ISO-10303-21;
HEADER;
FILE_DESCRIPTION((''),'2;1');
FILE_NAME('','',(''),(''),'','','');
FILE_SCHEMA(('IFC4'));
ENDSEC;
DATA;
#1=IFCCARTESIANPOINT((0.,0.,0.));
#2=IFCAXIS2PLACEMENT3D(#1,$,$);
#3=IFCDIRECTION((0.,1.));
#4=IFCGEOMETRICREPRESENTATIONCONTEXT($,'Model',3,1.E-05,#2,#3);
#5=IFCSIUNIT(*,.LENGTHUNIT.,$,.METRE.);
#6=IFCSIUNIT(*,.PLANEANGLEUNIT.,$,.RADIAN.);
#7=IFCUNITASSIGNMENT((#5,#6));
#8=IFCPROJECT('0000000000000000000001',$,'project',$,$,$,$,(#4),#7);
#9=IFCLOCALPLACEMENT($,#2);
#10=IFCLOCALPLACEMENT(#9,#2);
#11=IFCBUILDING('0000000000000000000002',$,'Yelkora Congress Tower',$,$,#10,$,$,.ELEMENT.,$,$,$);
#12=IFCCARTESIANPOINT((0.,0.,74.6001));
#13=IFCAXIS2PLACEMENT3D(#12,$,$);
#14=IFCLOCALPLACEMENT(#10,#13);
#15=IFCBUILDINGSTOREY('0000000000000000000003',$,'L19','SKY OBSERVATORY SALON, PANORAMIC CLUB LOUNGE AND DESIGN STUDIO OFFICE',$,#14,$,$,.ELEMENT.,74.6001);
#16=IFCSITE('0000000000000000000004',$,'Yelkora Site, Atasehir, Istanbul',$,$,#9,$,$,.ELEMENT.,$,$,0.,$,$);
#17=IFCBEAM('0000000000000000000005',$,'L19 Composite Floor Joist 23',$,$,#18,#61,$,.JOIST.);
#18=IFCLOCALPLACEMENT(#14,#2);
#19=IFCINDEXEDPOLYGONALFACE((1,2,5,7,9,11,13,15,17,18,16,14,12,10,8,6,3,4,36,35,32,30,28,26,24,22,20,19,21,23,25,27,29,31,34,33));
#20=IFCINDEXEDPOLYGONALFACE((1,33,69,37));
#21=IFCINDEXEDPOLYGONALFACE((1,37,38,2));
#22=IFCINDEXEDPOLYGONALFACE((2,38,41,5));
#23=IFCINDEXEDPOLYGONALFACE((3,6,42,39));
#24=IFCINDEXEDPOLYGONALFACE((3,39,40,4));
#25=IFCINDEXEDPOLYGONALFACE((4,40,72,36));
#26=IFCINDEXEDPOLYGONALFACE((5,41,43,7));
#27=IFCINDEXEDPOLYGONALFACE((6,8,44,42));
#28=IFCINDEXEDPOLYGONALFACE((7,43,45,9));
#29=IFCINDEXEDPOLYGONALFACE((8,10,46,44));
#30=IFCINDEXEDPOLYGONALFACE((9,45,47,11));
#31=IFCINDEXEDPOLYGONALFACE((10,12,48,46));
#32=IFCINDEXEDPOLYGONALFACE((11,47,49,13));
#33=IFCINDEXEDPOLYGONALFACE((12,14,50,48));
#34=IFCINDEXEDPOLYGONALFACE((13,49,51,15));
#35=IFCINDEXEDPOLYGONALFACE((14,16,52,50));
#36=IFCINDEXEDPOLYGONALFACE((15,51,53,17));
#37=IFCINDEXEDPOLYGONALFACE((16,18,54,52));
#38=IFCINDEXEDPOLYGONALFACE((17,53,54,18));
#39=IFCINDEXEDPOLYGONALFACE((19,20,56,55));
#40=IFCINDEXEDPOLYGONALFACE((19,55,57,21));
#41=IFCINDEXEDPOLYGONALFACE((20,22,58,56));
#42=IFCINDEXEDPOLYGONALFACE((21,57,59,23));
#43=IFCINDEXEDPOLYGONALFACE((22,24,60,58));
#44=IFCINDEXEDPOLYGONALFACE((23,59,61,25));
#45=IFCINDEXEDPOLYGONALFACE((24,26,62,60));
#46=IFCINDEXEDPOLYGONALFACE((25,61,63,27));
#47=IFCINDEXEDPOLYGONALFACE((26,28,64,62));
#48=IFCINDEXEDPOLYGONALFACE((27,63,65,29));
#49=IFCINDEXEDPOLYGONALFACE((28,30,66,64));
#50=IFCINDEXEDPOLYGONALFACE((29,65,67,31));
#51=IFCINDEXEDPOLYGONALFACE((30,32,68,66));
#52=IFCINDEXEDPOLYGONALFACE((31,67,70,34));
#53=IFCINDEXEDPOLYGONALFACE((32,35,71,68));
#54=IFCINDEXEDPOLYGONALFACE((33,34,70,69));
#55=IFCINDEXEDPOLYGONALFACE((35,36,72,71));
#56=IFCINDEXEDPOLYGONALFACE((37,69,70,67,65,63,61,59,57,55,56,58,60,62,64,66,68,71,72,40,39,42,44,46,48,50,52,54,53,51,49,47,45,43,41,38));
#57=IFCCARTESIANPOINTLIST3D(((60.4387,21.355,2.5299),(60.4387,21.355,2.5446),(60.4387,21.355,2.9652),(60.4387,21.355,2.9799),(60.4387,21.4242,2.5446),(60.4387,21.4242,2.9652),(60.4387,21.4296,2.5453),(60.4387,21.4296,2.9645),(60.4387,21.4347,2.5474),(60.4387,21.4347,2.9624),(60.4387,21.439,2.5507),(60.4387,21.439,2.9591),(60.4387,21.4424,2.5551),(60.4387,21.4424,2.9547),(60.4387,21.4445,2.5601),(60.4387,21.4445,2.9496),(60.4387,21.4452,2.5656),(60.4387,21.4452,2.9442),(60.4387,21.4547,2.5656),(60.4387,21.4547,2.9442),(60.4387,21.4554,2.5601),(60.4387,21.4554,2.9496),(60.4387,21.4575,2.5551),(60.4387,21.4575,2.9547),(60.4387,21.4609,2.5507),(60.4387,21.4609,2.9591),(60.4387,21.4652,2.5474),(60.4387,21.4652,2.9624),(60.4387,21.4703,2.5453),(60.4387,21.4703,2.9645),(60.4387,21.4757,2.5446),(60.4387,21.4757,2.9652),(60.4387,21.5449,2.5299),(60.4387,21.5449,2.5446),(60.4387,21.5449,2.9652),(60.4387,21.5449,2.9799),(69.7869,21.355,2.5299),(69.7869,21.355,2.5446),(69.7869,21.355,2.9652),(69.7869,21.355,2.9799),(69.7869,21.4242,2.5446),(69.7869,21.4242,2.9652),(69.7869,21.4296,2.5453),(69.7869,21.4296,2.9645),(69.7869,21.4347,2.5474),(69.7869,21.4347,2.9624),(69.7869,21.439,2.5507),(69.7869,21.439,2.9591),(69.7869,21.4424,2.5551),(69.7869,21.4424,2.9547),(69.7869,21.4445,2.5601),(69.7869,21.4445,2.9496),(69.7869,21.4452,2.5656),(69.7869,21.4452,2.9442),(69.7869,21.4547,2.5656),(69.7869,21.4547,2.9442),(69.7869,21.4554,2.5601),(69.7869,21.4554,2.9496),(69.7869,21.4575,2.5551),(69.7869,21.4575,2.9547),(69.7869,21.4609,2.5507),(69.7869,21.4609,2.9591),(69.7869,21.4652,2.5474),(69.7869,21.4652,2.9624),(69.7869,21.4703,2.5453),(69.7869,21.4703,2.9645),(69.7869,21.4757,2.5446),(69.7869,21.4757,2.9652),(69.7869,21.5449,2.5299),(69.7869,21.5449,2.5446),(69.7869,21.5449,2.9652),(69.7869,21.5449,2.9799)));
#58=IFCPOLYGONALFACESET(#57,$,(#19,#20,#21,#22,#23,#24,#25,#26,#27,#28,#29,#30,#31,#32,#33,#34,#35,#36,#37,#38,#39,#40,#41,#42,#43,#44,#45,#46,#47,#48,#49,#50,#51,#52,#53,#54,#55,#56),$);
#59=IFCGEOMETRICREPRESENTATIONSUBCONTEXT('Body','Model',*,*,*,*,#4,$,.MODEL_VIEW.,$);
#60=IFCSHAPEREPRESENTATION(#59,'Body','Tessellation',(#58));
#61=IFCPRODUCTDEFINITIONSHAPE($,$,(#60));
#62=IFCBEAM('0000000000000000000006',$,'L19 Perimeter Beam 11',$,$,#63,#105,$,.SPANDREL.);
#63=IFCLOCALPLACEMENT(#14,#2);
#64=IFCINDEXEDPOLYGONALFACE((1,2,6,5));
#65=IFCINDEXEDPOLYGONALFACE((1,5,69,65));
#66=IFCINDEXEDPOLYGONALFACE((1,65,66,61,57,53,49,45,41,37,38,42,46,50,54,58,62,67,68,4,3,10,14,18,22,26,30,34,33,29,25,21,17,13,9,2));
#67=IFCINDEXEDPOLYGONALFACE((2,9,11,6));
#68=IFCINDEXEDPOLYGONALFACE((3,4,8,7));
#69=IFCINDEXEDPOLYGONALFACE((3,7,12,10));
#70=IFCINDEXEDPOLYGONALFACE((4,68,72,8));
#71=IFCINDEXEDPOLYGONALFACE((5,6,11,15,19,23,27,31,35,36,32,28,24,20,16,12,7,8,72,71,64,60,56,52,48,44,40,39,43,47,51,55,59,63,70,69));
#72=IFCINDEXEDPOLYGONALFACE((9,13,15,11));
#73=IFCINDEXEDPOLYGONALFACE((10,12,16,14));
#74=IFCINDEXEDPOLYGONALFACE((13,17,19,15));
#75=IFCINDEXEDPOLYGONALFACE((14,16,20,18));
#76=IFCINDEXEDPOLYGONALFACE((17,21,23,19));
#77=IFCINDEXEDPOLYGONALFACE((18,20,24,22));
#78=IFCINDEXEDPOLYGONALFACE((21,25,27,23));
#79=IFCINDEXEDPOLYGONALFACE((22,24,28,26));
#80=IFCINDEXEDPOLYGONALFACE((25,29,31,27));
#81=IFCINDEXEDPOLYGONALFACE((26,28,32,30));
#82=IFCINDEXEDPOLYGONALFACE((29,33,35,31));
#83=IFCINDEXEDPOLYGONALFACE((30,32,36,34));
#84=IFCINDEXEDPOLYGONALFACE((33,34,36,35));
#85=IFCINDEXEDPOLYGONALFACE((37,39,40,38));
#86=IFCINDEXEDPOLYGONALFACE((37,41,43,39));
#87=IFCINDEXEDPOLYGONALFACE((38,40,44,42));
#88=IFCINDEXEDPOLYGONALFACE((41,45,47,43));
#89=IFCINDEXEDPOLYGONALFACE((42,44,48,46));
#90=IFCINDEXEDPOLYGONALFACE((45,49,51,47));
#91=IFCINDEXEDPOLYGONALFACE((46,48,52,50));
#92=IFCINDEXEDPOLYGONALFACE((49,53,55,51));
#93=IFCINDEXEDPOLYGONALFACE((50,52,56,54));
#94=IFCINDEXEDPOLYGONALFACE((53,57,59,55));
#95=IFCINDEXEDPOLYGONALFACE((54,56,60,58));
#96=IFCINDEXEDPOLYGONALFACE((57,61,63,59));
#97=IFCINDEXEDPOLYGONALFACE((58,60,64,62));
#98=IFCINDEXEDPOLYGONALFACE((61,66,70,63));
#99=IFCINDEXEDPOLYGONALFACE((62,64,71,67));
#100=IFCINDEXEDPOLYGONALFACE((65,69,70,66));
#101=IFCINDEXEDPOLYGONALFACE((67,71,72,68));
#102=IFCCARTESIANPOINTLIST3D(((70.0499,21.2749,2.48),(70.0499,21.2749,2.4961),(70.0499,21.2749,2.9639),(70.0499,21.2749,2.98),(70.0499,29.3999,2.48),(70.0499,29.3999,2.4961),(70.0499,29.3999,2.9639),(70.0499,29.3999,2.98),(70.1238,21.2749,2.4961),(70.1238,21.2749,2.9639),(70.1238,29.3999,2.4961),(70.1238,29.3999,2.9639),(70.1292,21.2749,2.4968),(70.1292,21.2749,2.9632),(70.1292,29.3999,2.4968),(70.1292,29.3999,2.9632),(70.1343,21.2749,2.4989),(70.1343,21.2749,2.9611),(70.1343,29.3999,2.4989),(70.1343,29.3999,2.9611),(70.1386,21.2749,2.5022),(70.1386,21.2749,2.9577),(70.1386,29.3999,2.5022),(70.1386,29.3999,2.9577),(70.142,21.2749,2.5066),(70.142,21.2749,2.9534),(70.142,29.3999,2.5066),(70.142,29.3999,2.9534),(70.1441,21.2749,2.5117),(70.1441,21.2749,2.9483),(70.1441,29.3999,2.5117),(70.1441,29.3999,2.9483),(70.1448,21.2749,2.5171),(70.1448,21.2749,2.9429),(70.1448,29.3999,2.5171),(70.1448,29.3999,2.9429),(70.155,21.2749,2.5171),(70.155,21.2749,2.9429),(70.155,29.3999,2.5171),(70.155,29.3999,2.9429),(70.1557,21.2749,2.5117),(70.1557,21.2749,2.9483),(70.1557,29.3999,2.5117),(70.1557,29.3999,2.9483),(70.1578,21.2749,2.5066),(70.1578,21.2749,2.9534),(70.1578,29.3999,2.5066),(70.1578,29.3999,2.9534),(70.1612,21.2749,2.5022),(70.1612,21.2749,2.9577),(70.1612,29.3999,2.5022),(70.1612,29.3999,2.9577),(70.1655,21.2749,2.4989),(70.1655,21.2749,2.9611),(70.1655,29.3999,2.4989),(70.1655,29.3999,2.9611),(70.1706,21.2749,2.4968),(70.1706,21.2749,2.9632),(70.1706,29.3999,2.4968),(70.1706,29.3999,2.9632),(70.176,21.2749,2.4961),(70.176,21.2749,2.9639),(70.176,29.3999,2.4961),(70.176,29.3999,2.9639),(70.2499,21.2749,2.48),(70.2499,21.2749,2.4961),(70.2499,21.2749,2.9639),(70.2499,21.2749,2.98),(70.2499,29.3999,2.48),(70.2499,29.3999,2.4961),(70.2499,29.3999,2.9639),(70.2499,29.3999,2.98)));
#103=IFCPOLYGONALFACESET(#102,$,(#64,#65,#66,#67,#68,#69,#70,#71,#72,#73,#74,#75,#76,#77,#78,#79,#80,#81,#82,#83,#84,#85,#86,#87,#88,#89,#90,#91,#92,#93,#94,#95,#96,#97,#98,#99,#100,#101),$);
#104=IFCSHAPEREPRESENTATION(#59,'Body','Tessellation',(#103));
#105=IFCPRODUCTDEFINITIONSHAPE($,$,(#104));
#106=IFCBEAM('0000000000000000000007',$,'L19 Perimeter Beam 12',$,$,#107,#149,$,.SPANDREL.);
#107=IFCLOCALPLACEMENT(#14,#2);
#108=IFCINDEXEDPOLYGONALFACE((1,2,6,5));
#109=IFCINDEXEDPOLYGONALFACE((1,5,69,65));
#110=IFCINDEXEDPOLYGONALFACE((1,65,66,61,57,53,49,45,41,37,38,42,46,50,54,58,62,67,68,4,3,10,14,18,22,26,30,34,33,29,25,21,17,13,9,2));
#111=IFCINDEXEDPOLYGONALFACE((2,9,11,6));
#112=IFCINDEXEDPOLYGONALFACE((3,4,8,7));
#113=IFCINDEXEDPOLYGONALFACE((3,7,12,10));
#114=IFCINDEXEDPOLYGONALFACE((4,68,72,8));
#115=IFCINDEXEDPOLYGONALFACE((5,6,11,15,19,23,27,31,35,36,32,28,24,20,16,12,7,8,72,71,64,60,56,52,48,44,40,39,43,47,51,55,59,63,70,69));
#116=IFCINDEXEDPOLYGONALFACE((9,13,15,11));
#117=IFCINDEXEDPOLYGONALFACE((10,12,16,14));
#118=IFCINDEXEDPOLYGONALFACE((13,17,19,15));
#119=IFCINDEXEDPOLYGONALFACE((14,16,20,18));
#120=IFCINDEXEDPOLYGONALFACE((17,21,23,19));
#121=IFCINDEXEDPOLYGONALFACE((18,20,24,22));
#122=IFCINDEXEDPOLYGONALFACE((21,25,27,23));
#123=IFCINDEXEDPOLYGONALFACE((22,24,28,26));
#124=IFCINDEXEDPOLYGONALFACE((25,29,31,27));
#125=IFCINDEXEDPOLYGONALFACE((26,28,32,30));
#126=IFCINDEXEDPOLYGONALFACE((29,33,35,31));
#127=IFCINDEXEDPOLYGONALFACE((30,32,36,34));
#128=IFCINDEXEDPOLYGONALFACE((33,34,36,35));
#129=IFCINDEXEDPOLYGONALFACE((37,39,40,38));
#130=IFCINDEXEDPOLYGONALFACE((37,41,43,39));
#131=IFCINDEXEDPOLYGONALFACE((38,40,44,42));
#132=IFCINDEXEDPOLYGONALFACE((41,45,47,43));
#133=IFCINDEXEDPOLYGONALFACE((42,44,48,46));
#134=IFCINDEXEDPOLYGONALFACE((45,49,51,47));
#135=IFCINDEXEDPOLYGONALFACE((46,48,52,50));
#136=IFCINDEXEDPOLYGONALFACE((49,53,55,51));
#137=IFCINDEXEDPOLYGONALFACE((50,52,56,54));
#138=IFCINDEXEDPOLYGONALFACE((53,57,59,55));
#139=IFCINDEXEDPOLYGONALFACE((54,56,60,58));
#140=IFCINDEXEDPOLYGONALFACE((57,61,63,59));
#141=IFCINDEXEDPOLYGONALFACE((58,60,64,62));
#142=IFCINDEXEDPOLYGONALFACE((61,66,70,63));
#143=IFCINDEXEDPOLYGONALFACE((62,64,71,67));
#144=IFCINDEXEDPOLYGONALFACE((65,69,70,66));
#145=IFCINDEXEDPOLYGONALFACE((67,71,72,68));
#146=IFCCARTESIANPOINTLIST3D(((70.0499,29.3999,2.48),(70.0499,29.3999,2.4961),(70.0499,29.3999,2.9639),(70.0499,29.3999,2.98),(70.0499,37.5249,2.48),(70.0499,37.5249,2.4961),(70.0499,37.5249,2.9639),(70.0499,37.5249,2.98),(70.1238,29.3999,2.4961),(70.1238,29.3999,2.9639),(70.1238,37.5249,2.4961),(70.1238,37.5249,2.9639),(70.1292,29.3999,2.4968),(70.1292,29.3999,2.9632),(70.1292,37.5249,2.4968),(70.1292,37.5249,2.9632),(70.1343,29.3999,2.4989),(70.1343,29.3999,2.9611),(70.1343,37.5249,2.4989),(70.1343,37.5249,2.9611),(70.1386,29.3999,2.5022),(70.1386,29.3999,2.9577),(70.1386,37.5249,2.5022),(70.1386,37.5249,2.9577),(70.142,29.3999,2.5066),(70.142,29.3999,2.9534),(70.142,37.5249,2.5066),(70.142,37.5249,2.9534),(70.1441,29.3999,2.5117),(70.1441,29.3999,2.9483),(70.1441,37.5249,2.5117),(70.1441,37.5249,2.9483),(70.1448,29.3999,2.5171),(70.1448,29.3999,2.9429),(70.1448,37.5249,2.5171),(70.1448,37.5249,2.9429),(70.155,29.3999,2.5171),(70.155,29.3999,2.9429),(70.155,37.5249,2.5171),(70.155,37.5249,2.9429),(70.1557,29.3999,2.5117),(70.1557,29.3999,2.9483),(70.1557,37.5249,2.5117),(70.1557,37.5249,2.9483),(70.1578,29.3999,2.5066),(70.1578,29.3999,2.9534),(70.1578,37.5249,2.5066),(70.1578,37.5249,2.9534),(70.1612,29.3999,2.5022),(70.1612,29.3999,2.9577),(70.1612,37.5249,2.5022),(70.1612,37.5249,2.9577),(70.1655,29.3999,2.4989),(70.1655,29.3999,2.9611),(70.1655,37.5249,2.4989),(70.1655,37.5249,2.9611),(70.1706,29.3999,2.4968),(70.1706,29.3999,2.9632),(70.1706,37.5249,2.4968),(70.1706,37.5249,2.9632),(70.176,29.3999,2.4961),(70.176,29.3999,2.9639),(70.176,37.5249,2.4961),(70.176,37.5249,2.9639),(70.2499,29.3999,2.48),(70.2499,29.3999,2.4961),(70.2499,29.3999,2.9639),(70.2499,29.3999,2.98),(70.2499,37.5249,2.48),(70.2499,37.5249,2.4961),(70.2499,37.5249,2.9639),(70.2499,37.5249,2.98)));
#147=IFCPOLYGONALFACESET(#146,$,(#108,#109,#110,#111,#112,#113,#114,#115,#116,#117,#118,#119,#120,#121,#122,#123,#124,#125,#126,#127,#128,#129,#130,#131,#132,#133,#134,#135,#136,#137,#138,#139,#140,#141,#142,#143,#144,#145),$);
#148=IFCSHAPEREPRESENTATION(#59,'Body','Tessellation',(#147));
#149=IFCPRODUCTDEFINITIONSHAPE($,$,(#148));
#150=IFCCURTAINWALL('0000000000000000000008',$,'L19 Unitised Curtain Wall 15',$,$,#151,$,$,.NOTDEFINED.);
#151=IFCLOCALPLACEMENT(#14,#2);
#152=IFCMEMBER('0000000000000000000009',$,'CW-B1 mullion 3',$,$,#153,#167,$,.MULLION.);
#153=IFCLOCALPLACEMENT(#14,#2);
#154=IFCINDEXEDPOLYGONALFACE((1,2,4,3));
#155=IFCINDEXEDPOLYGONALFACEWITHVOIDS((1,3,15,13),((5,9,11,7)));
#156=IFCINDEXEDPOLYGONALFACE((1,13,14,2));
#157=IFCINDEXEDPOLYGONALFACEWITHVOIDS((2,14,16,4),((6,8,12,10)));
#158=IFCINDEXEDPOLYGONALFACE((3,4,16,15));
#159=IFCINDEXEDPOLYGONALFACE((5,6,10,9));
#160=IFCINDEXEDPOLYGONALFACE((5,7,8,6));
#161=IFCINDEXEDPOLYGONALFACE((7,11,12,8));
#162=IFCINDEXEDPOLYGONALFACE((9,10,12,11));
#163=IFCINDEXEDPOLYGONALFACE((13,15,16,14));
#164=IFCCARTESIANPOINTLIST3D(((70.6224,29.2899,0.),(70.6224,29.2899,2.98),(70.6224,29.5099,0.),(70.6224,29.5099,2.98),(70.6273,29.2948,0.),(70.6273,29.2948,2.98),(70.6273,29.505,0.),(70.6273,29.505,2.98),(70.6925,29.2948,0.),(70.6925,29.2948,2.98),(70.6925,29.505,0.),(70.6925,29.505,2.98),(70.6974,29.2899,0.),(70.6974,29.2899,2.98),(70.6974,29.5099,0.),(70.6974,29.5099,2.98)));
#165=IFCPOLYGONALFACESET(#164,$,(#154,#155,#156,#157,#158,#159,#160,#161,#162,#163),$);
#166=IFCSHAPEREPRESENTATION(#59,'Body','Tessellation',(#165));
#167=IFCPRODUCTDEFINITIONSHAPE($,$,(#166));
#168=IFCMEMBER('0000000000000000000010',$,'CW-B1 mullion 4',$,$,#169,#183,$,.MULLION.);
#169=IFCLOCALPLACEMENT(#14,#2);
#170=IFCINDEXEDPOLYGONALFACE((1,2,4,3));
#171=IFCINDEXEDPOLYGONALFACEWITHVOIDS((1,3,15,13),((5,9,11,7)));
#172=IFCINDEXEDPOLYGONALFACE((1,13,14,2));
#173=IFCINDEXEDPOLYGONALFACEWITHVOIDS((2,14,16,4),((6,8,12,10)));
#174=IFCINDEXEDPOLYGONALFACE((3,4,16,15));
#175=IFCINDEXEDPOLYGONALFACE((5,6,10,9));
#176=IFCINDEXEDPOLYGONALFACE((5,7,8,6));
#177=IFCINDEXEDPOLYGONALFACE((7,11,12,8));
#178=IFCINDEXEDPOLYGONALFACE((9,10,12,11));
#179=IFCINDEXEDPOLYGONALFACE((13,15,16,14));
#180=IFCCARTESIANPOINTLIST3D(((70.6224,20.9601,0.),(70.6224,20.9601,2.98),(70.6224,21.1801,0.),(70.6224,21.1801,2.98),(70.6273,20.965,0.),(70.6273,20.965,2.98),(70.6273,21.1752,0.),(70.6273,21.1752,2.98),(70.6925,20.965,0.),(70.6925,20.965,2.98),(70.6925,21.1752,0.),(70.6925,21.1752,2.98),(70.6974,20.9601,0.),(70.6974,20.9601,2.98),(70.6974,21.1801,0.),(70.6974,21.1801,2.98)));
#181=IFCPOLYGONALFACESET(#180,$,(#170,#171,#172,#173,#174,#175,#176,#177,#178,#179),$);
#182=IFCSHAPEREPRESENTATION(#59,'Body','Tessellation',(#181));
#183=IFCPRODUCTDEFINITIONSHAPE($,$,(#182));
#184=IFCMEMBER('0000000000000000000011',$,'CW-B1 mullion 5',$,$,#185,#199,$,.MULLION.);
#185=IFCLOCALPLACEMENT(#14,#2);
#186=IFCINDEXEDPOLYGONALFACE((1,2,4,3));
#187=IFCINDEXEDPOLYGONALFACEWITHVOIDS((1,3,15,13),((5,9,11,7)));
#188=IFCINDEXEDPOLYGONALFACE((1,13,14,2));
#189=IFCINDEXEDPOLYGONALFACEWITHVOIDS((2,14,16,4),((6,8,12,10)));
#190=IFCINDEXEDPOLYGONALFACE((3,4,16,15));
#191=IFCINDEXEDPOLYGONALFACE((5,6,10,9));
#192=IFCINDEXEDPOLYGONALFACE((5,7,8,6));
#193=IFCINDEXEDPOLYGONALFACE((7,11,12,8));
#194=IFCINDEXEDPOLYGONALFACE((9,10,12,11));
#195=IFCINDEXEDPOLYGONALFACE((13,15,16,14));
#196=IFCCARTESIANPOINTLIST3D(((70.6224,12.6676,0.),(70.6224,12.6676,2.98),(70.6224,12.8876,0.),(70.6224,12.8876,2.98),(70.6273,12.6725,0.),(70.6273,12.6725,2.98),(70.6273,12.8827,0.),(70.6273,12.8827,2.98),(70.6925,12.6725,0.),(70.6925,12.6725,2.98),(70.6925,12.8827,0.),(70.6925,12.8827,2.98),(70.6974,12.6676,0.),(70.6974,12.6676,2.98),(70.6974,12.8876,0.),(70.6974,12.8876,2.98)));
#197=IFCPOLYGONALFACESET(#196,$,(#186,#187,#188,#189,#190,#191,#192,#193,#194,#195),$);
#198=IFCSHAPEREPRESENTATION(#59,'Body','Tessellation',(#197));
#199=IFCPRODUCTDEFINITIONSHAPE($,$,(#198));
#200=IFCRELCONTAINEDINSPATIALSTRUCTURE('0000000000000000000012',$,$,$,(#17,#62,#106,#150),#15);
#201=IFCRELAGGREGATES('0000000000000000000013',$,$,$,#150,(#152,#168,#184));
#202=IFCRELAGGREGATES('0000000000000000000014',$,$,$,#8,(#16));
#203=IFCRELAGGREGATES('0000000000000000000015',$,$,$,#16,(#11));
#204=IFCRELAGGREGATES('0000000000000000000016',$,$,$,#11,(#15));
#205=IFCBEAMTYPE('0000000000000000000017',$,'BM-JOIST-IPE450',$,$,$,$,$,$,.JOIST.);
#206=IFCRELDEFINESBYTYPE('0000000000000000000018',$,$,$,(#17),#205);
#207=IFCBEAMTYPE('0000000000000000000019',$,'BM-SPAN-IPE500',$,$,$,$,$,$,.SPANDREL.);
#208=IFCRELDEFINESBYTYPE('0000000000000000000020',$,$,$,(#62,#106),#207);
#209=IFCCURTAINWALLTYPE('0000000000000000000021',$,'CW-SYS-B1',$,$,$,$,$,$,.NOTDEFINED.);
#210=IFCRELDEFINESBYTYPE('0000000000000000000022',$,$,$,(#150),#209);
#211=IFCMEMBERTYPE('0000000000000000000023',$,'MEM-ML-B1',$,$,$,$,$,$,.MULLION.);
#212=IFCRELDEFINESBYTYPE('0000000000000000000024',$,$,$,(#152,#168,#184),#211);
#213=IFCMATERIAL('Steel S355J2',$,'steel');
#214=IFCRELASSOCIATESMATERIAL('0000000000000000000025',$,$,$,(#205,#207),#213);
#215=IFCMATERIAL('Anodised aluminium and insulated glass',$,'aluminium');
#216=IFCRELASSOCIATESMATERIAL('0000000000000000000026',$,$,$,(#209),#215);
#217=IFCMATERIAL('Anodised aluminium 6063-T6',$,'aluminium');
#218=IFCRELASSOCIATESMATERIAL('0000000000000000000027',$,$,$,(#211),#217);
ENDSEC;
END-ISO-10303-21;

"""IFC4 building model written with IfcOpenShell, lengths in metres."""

from ifc_helpers import new_model, si_unit, direction, frame, origin, origin_2d, place, context, subcontext, project, spatial, hollow_rectangle, i_section, extrude, material, material_profile, profile_set, type_object, element, aggregate, save


model = new_model("IFC4")

# Units and contexts
model_context = context("Model", 3, precision=1e-05, world=origin(), true_north=direction((0.0, 1.0)))
body_context = subcontext(model_context, "Body", "Model", "MODEL_VIEW")
ifc_project = project(units=[si_unit("LENGTHUNIT", "METRE"), si_unit("PLANEANGLEUNIT", "RADIAN")], contexts=[model_context])

# Site, building, storey
site_placement = place(None, origin())
site = spatial("IfcSite", under=ifc_project, at=site_placement, Name="Yelkora Site, Atasehir, Istanbul", CompositionType="ELEMENT", RefElevation=0.0)
building_placement = place(site_placement, origin())
building = spatial("IfcBuilding", under=site, at=building_placement, Name="Yelkora Congress Tower", CompositionType="ELEMENT")
storey_placement = place(building_placement, frame((0.0, 0.0, 74.6001)))
storey = spatial("IfcBuildingStorey", under=building, at=storey_placement, Name="L19", Description="SKY OBSERVATORY SALON, PANORAMIC CLUB LOUNGE AND DESIGN STUDIO OFFICE", CompositionType="ELEMENT", Elevation=74.6001)

# Beams
ifc_material_1 = material(Name="Steel S355J2", Category="steel")
ifc_material_profile_1 = material_profile(ifc_material_1, i_section(OverallWidth=0.1899, OverallDepth=0.45, WebThickness=0.0095, FlangeThickness=0.0146, FilletRadius=0.021, at=origin_2d()), Name="IPE 450")
ifc_profile_set_1 = profile_set([ifc_material_profile_1], Name="Steel S355J2")
beam_type_1 = type_object("IfcBeamType", Name="BM-JOIST-IPE450", PredefinedType="JOIST", material=ifc_profile_set_1)
beam_1_placement = place(storey_placement, frame((60.4387, 21.45, 2.7549), z_axis=(1.0, 0.0, 0.0), x_axis=(0.0, 1.0, 0.0)))
element("IfcBeam", 1, at=beam_1_placement, inside=storey, type_object=beam_type_1, Name="L19 Composite Floor Joist 23", PredefinedType="JOIST", context=body_context, shape_type="SweptSolid", body=[
    extrude(i_section(OverallWidth=0.1899, OverallDepth=0.45, WebThickness=0.0095, FlangeThickness=0.0146, FilletRadius=0.021, at=origin_2d()), origin(), (0.0, 0.0, 1.0), 9.3481),
])
ifc_material_profile_2 = material_profile(ifc_material_1, i_section(OverallWidth=0.2, OverallDepth=0.5, WebThickness=0.0103, FlangeThickness=0.0161, FilletRadius=0.021, at=origin_2d()), Name="IPE 500")
ifc_profile_set_2 = profile_set([ifc_material_profile_2], Name="Steel S355J2")
beam_type_2 = type_object("IfcBeamType", Name="BM-SPAN-IPE500", PredefinedType="SPANDREL", material=ifc_profile_set_2)
for number, where, z_axis, x_axis, name in (
    (2, (70.1499, 21.2749, 2.73), (0.0, 1.0, 0.0), (-1.0, 0.0, 0.0), "L19 Perimeter Beam 11"),
    (3, (70.1499, 29.3999, 2.73), (0.0, 1.0, 0.0), (-1.0, 0.0, 0.0), "L19 Perimeter Beam 12"),
):
    element("IfcBeam", number, at=place(storey_placement, frame(where, z_axis=z_axis, x_axis=x_axis)), inside=storey, type_object=beam_type_2, Name=name, PredefinedType="SPANDREL", context=body_context, shape_type="SweptSolid", body=[
        extrude(i_section(OverallWidth=0.2, OverallDepth=0.5, WebThickness=0.0103, FlangeThickness=0.0161, FilletRadius=0.021, at=origin_2d()), origin(), (0.0, 0.0, 1.0), 8.125),
    ])

# Curtain wall, members
ifc_material_2 = material(Name="Anodised aluminium and insulated glass", Category="aluminium")
curtain_wall_type = type_object("IfcCurtainWallType", Name="CW-SYS-B1", PredefinedType="NOTDEFINED", material=ifc_material_2)
curtain_wall_placement = place(storey_placement, origin())
curtain_wall = element("IfcCurtainWall", 4, at=curtain_wall_placement, inside=storey, type_object=curtain_wall_type, Name="L19 Unitised Curtain Wall 15", PredefinedType="NOTDEFINED")
ifc_material_3 = material(Name="Anodised aluminium 6063-T6", Category="aluminium")
ifc_material_profile_3 = material_profile(ifc_material_3, hollow_rectangle(XDim=0.075, YDim=0.22, WallThickness=0.0049, at=origin_2d()), Name="ALU 75x220x5")
ifc_profile_set_3 = profile_set([ifc_material_profile_3], Name="Anodised aluminium 6063-T6")
member_type_1 = type_object("IfcMemberType", Name="MEM-ML-B1", PredefinedType="MULLION", material=ifc_profile_set_3)
member_1_placement = place(storey_placement, frame((70.6599, 29.3999, 0.0), z_axis=(0.0, 0.0, 1.0), x_axis=(1.0, 0.0, 0.0)))
member_1 = element("IfcMember", 5, at=member_1_placement, type_object=member_type_1, Name="CW-B1 mullion 3", PredefinedType="MULLION", context=body_context, shape_type="SweptSolid", body=[
    extrude(hollow_rectangle(XDim=0.075, YDim=0.22, WallThickness=0.0049, at=origin_2d()), origin(), (0.0, 0.0, 1.0), 2.98),
])
member_2_placement = place(storey_placement, frame((70.6599, 21.0701, 0.0), z_axis=(0.0, 0.0, 1.0), x_axis=(1.0, 0.0, 0.0)))
member_2 = element("IfcMember", 6, at=member_2_placement, type_object=member_type_1, Name="CW-B1 mullion 4", PredefinedType="MULLION", context=body_context, shape_type="SweptSolid", body=[
    extrude(hollow_rectangle(XDim=0.075, YDim=0.22, WallThickness=0.0049, at=origin_2d()), origin(), (0.0, 0.0, 1.0), 2.98),
])
member_3_placement = place(storey_placement, frame((70.6599, 12.7776, 0.0), z_axis=(0.0, 0.0, 1.0), x_axis=(1.0, 0.0, 0.0)))
member_3 = element("IfcMember", 7, at=member_3_placement, type_object=member_type_1, Name="CW-B1 mullion 5", PredefinedType="MULLION", context=body_context, shape_type="SweptSolid", body=[
    extrude(hollow_rectangle(XDim=0.075, YDim=0.22, WallThickness=0.0049, at=origin_2d()), origin(), (0.0, 0.0, 1.0), 2.98),
])
aggregate(curtain_wall, [member_1, member_2, member_3])

save(model, "model.ifc")
